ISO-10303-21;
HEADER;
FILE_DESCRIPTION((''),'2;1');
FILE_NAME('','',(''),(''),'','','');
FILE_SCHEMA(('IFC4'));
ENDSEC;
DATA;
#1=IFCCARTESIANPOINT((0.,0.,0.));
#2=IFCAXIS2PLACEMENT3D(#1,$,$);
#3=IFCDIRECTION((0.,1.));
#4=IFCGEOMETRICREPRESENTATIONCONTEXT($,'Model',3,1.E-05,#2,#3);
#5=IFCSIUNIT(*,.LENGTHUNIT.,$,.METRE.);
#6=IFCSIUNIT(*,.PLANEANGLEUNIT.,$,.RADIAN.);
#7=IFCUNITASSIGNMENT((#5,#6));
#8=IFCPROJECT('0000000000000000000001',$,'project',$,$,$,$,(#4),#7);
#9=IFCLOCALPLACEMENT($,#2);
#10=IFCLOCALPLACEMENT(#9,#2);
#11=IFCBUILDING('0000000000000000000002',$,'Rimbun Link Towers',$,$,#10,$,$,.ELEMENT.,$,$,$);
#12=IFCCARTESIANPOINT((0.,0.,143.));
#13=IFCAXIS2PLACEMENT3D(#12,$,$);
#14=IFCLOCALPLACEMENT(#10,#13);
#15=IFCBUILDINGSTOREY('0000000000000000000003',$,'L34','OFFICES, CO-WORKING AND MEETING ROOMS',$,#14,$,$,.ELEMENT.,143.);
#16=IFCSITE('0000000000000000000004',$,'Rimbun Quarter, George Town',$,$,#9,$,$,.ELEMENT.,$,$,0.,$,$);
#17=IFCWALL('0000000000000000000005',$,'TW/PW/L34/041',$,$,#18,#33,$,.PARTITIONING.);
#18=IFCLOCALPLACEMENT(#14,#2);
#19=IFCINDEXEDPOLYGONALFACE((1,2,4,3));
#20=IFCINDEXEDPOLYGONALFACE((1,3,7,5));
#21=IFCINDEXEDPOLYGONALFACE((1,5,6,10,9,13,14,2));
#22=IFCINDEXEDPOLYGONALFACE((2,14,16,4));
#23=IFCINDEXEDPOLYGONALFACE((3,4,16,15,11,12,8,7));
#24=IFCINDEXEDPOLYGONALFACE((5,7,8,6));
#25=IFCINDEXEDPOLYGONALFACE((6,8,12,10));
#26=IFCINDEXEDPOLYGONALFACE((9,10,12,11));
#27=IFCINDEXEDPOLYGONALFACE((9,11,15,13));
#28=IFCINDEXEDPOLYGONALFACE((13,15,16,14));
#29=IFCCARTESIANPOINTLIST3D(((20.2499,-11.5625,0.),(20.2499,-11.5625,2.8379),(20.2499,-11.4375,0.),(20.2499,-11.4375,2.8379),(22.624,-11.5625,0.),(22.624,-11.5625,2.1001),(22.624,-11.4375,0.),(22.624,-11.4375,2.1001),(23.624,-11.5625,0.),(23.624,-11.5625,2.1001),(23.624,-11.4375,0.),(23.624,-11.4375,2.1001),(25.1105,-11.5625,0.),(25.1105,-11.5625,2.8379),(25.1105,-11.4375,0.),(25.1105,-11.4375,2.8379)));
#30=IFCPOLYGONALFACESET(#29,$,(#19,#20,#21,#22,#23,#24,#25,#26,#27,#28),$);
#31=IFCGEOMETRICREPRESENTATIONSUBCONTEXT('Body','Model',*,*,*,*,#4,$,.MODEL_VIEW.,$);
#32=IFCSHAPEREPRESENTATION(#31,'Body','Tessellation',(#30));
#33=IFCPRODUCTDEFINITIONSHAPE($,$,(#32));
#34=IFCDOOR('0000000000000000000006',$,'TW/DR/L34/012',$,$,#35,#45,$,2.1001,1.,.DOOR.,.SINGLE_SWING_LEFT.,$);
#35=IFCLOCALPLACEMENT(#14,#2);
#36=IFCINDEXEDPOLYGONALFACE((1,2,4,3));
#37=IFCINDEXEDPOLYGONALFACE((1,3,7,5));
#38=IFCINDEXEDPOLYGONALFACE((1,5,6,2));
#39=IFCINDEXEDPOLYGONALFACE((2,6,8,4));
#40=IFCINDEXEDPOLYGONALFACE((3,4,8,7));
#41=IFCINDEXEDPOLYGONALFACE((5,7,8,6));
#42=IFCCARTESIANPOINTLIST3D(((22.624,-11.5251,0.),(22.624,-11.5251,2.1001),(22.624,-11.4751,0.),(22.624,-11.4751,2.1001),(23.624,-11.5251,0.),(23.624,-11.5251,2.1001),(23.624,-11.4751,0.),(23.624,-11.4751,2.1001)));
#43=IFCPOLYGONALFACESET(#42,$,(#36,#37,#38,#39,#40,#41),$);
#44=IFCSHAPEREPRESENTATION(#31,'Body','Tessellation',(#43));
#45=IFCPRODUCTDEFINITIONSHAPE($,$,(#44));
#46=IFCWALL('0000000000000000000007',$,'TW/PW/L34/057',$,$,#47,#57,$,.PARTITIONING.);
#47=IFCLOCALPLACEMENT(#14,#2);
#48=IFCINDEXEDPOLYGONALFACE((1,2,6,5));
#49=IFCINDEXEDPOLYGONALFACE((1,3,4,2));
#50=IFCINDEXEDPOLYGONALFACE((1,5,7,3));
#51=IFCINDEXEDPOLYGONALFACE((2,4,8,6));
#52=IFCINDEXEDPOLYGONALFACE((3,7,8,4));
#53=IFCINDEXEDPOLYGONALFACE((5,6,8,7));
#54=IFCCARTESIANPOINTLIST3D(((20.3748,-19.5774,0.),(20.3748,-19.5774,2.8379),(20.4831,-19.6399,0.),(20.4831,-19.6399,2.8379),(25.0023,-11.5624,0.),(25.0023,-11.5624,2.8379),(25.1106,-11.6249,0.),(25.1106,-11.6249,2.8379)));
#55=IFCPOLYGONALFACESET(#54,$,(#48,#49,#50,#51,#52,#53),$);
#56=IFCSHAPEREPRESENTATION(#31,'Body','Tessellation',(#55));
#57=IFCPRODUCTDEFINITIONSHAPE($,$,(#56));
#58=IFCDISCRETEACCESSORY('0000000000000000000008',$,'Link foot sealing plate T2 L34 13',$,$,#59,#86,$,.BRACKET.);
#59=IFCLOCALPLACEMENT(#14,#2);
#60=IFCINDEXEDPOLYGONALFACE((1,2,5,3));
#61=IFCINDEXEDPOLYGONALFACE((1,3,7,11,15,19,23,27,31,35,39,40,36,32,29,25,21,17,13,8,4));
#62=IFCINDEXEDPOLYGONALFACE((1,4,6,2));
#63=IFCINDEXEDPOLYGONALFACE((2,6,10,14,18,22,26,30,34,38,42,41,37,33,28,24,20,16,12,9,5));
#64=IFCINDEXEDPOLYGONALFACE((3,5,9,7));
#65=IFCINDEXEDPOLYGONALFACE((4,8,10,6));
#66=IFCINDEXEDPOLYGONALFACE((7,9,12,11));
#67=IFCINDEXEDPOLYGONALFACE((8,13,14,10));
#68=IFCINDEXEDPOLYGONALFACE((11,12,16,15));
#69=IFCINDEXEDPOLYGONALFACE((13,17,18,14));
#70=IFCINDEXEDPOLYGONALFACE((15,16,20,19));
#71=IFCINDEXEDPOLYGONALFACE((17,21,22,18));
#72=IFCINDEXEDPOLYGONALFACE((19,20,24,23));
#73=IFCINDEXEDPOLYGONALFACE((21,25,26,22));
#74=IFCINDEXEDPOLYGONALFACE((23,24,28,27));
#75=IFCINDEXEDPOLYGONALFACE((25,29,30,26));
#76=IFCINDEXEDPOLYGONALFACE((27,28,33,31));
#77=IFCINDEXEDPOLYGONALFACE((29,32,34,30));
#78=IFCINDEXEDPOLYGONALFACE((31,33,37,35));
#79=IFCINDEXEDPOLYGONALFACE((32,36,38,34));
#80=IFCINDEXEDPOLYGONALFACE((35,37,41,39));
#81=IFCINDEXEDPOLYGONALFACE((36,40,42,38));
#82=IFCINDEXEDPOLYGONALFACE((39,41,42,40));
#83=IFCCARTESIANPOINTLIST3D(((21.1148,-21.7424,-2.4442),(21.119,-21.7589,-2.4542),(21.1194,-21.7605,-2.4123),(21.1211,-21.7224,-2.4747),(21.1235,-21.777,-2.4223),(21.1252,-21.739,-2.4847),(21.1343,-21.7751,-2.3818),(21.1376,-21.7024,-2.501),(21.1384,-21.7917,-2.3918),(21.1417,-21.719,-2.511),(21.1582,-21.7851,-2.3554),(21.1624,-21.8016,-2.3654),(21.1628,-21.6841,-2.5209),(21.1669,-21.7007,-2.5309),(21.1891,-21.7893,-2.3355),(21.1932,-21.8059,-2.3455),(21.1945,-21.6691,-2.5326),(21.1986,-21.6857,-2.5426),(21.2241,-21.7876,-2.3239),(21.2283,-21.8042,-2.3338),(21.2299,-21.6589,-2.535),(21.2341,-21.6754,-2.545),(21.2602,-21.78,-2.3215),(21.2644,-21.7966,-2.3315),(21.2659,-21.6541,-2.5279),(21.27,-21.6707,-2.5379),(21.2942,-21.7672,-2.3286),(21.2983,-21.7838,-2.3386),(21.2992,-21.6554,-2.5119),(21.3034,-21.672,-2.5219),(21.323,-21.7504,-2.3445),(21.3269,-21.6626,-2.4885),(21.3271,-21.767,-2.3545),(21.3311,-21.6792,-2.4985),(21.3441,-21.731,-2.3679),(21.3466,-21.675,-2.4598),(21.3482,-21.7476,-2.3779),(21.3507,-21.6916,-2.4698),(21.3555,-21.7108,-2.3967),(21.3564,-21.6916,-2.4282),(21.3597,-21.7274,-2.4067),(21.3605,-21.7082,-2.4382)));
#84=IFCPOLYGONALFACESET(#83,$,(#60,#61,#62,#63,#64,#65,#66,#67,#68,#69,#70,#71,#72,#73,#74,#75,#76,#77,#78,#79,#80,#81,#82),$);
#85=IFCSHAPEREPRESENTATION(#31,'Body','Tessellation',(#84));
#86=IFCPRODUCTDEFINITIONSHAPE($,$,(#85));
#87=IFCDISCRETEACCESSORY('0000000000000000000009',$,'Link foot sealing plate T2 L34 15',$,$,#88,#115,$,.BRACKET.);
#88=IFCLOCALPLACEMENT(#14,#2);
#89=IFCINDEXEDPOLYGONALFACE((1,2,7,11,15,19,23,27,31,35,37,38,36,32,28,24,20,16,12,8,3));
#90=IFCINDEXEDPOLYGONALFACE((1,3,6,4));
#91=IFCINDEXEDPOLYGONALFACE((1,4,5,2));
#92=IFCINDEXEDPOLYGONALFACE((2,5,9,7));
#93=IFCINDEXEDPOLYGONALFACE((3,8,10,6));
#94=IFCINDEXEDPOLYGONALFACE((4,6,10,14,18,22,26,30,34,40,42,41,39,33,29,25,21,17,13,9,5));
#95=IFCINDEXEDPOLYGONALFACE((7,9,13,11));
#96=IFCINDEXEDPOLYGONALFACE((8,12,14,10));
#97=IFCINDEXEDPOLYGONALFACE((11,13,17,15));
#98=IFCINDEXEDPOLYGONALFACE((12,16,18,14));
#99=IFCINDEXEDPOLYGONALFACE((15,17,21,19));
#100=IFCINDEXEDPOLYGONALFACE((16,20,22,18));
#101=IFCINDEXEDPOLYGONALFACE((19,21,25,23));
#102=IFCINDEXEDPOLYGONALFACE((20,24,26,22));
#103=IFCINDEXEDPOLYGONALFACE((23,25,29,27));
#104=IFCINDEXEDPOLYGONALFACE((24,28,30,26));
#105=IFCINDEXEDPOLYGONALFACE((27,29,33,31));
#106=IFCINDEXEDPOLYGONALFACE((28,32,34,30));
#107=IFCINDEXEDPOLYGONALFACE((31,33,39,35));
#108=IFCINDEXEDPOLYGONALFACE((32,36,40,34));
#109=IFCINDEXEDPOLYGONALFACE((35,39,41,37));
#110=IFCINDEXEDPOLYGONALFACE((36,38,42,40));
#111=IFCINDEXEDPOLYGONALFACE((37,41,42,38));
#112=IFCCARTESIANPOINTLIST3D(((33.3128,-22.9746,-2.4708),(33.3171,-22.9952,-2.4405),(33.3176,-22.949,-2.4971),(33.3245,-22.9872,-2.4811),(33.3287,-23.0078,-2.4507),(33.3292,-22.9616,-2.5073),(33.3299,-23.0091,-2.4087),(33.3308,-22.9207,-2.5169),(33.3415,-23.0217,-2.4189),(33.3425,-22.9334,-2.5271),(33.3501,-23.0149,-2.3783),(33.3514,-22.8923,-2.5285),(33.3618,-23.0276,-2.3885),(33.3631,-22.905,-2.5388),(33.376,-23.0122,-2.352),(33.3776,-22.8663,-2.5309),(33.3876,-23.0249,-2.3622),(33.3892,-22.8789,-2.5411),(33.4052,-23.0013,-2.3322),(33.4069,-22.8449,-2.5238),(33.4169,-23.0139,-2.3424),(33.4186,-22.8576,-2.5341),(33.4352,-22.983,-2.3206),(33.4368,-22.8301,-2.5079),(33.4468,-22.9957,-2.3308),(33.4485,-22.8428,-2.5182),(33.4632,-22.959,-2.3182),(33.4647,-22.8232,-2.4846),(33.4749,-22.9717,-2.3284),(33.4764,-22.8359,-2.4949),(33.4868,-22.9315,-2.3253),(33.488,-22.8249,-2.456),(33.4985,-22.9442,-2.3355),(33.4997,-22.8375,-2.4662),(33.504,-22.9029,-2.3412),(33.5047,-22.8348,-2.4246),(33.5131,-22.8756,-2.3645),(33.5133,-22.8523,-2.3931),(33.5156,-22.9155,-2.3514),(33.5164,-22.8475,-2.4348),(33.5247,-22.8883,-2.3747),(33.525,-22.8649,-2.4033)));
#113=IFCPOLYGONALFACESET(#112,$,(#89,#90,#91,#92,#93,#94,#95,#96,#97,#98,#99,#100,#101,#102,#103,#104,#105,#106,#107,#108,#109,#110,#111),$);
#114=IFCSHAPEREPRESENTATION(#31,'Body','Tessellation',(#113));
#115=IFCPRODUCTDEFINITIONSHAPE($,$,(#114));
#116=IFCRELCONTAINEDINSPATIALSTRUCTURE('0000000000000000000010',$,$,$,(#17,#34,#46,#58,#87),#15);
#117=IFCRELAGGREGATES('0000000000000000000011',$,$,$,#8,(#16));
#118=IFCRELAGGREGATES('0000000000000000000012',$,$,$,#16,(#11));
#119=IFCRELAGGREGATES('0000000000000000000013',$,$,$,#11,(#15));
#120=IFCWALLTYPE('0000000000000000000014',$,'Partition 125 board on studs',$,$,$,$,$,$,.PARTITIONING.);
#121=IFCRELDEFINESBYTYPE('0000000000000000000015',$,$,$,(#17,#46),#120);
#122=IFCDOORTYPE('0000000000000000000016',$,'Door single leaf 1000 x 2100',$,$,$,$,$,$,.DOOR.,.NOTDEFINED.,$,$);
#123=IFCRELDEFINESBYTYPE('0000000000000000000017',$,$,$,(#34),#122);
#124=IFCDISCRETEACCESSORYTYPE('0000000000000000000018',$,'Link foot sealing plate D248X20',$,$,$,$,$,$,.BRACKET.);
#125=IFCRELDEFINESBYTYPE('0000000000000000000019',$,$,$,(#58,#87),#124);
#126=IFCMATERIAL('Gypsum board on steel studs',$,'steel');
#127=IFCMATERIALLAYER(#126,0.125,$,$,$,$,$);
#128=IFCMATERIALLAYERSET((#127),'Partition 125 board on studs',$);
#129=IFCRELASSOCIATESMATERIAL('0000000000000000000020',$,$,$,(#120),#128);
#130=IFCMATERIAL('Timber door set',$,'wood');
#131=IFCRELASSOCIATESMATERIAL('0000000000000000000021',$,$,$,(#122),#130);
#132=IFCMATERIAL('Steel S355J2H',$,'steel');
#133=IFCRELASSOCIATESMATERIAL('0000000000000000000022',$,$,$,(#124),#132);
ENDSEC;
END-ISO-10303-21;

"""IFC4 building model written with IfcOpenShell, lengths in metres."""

from ifc_helpers import new_model, si_unit, direction, frame, frame_2d, origin, origin_2d, place, context, subcontext, project, spatial, rectangle, circle, extrude, material, layer, layer_set, material_profile, profile_set, type_object, element, fill, save


model = new_model("IFC4")

# Units and contexts
model_context = context("Model", 3, precision=1e-05, world=origin(), true_north=direction((0.0, 1.0)))
body_context = subcontext(model_context, "Body", "Model", "MODEL_VIEW")
ifc_project = project(units=[si_unit("LENGTHUNIT", "METRE"), si_unit("PLANEANGLEUNIT", "RADIAN")], contexts=[model_context])

# Site, building, storey
site_placement = place(None, origin())
site = spatial("IfcSite", under=ifc_project, at=site_placement, Name="Rimbun Quarter, George Town", CompositionType="ELEMENT", RefElevation=0.0)
building_placement = place(site_placement, origin())
building = spatial("IfcBuilding", under=site, at=building_placement, Name="Rimbun Link Towers", CompositionType="ELEMENT")
storey_placement = place(building_placement, frame((0.0, 0.0, 143.0)))
storey = spatial("IfcBuildingStorey", under=building, at=storey_placement, Name="L34", Description="OFFICES, CO-WORKING AND MEETING ROOMS", CompositionType="ELEMENT", Elevation=143.0)

# Wall, opening, door
ifc_material_1 = material(Name="Gypsum board on steel studs", Category="steel")
ifc_layer_1 = layer(ifc_material_1, 0.125)
ifc_layer_set_1 = layer_set([ifc_layer_1], Name="Partition 125 board on studs")
wall_type = type_object("IfcWallType", Name="Partition 125 board on studs", PredefinedType="PARTITIONING", material=ifc_layer_set_1)
wall_1_placement = place(storey_placement, frame((20.25, -11.5, 0.0), z_axis=(0.0, 0.0, 1.0), x_axis=(1.0, 0.0, 0.0)))
wall_1 = element("IfcWall", 1, at=wall_1_placement, inside=storey, type_object=wall_type, Name="TW/PW/L34/041", PredefinedType="PARTITIONING", context=body_context, shape_type="SweptSolid", body=[
    extrude(rectangle(XDim=4.8606, YDim=0.125, at=frame_2d((2.4302, 0.0))), origin(), (0.0, 0.0, 1.0), 2.8379),
])
opening_placement = place(wall_1_placement, frame((2.374, 0.0, 0.0)))
opening = element("IfcOpeningElement", 2, at=opening_placement, cuts=wall_1, PredefinedType="OPENING", context=body_context, shape_type="SweptSolid", body=[
    extrude(rectangle(XDim=1.0, YDim=2.1001, at=frame_2d((0.5, 1.05))), frame((0.0, 0.0725, 0.0), z_axis=(0.0, -1.0, 0.0), x_axis=(1.0, 0.0, 0.0)), (0.0, 0.0, 1.0), 0.145),
])
ifc_material_2 = material(Name="Timber door set", Category="wood")
door_type = type_object("IfcDoorType", Name="Door single leaf 1000 x 2100", OperationType="NOTDEFINED", PredefinedType="DOOR", material=ifc_material_2)
door_placement = place(opening_placement, origin())
door = element("IfcDoor", 3, at=door_placement, inside=storey, type_object=door_type, Name="TW/DR/L34/012", OperationType="SINGLE_SWING_LEFT", OverallHeight=2.1001, OverallWidth=1.0, PredefinedType="DOOR", context=body_context, shape_type="SweptSolid", body=[
    extrude(rectangle(XDim=1.0, YDim=2.1001, at=frame_2d((0.5, 1.05))), frame((0.0, 0.0249, 0.0), z_axis=(0.0, -1.0, 0.0), x_axis=(1.0, 0.0, 0.0)), (0.0, 0.0, 1.0), 0.05),
])
fill(opening, door)

# Wall
wall_2_placement = place(storey_placement, frame((20.429, -19.6086, 0.0), z_axis=(0.0, 0.0, 1.0), x_axis=(0.500003, 0.866023, 0.0)))
element("IfcWall", 4, at=wall_2_placement, inside=storey, type_object=wall_type, Name="TW/PW/L34/057", PredefinedType="PARTITIONING", context=body_context, shape_type="SweptSolid", body=[
    extrude(rectangle(XDim=9.2549, YDim=0.125, at=frame_2d((4.6274, 0.0))), origin(), (0.0, 0.0, 1.0), 2.8379),
])

# Discrete accessories
ifc_material_3 = material(Name="Steel S355J2H", Category="steel")
ifc_material_profile_1 = material_profile(ifc_material_3, circle(Radius=0.124, at=origin_2d()), Name="PL D248")
ifc_profile_set_1 = profile_set([ifc_material_profile_1], Name="Steel S355J2H")
discrete_accessory_type = type_object("IfcDiscreteAccessoryType", Name="Link foot sealing plate D248X20", PredefinedType="BRACKET", material=ifc_profile_set_1)
discrete_accessory_1_placement = place(storey_placement, frame((21.2361, -21.7217, -2.4282), z_axis=(0.209351, -0.837403, -0.504905), x_axis=(0.970143, 0.242536, 0.0)))
element("IfcDiscreteAccessory", 5, at=discrete_accessory_1_placement, inside=storey, type_object=discrete_accessory_type, Name="Link foot sealing plate T2 L34 13", PredefinedType="BRACKET", context=body_context, shape_type="SweptSolid", body=[
    extrude(circle(Radius=0.124, at=origin_2d()), origin(), (0.0, 0.0, 1.0), 0.0198),
])
discrete_accessory_2_placement = place(storey_placement, frame((33.4136, -22.9189, -2.4246), z_axis=(0.583288, -0.631895, -0.510377), x_axis=(0.734803, 0.67828, 0.0)))
element("IfcDiscreteAccessory", 6, at=discrete_accessory_2_placement, inside=storey, type_object=discrete_accessory_type, Name="Link foot sealing plate T2 L34 15", PredefinedType="BRACKET", context=body_context, shape_type="SweptSolid", body=[
    extrude(circle(Radius=0.124, at=origin_2d()), origin(), (0.0, 0.0, 1.0), 0.02),
])

save(model, "model.ifc")
